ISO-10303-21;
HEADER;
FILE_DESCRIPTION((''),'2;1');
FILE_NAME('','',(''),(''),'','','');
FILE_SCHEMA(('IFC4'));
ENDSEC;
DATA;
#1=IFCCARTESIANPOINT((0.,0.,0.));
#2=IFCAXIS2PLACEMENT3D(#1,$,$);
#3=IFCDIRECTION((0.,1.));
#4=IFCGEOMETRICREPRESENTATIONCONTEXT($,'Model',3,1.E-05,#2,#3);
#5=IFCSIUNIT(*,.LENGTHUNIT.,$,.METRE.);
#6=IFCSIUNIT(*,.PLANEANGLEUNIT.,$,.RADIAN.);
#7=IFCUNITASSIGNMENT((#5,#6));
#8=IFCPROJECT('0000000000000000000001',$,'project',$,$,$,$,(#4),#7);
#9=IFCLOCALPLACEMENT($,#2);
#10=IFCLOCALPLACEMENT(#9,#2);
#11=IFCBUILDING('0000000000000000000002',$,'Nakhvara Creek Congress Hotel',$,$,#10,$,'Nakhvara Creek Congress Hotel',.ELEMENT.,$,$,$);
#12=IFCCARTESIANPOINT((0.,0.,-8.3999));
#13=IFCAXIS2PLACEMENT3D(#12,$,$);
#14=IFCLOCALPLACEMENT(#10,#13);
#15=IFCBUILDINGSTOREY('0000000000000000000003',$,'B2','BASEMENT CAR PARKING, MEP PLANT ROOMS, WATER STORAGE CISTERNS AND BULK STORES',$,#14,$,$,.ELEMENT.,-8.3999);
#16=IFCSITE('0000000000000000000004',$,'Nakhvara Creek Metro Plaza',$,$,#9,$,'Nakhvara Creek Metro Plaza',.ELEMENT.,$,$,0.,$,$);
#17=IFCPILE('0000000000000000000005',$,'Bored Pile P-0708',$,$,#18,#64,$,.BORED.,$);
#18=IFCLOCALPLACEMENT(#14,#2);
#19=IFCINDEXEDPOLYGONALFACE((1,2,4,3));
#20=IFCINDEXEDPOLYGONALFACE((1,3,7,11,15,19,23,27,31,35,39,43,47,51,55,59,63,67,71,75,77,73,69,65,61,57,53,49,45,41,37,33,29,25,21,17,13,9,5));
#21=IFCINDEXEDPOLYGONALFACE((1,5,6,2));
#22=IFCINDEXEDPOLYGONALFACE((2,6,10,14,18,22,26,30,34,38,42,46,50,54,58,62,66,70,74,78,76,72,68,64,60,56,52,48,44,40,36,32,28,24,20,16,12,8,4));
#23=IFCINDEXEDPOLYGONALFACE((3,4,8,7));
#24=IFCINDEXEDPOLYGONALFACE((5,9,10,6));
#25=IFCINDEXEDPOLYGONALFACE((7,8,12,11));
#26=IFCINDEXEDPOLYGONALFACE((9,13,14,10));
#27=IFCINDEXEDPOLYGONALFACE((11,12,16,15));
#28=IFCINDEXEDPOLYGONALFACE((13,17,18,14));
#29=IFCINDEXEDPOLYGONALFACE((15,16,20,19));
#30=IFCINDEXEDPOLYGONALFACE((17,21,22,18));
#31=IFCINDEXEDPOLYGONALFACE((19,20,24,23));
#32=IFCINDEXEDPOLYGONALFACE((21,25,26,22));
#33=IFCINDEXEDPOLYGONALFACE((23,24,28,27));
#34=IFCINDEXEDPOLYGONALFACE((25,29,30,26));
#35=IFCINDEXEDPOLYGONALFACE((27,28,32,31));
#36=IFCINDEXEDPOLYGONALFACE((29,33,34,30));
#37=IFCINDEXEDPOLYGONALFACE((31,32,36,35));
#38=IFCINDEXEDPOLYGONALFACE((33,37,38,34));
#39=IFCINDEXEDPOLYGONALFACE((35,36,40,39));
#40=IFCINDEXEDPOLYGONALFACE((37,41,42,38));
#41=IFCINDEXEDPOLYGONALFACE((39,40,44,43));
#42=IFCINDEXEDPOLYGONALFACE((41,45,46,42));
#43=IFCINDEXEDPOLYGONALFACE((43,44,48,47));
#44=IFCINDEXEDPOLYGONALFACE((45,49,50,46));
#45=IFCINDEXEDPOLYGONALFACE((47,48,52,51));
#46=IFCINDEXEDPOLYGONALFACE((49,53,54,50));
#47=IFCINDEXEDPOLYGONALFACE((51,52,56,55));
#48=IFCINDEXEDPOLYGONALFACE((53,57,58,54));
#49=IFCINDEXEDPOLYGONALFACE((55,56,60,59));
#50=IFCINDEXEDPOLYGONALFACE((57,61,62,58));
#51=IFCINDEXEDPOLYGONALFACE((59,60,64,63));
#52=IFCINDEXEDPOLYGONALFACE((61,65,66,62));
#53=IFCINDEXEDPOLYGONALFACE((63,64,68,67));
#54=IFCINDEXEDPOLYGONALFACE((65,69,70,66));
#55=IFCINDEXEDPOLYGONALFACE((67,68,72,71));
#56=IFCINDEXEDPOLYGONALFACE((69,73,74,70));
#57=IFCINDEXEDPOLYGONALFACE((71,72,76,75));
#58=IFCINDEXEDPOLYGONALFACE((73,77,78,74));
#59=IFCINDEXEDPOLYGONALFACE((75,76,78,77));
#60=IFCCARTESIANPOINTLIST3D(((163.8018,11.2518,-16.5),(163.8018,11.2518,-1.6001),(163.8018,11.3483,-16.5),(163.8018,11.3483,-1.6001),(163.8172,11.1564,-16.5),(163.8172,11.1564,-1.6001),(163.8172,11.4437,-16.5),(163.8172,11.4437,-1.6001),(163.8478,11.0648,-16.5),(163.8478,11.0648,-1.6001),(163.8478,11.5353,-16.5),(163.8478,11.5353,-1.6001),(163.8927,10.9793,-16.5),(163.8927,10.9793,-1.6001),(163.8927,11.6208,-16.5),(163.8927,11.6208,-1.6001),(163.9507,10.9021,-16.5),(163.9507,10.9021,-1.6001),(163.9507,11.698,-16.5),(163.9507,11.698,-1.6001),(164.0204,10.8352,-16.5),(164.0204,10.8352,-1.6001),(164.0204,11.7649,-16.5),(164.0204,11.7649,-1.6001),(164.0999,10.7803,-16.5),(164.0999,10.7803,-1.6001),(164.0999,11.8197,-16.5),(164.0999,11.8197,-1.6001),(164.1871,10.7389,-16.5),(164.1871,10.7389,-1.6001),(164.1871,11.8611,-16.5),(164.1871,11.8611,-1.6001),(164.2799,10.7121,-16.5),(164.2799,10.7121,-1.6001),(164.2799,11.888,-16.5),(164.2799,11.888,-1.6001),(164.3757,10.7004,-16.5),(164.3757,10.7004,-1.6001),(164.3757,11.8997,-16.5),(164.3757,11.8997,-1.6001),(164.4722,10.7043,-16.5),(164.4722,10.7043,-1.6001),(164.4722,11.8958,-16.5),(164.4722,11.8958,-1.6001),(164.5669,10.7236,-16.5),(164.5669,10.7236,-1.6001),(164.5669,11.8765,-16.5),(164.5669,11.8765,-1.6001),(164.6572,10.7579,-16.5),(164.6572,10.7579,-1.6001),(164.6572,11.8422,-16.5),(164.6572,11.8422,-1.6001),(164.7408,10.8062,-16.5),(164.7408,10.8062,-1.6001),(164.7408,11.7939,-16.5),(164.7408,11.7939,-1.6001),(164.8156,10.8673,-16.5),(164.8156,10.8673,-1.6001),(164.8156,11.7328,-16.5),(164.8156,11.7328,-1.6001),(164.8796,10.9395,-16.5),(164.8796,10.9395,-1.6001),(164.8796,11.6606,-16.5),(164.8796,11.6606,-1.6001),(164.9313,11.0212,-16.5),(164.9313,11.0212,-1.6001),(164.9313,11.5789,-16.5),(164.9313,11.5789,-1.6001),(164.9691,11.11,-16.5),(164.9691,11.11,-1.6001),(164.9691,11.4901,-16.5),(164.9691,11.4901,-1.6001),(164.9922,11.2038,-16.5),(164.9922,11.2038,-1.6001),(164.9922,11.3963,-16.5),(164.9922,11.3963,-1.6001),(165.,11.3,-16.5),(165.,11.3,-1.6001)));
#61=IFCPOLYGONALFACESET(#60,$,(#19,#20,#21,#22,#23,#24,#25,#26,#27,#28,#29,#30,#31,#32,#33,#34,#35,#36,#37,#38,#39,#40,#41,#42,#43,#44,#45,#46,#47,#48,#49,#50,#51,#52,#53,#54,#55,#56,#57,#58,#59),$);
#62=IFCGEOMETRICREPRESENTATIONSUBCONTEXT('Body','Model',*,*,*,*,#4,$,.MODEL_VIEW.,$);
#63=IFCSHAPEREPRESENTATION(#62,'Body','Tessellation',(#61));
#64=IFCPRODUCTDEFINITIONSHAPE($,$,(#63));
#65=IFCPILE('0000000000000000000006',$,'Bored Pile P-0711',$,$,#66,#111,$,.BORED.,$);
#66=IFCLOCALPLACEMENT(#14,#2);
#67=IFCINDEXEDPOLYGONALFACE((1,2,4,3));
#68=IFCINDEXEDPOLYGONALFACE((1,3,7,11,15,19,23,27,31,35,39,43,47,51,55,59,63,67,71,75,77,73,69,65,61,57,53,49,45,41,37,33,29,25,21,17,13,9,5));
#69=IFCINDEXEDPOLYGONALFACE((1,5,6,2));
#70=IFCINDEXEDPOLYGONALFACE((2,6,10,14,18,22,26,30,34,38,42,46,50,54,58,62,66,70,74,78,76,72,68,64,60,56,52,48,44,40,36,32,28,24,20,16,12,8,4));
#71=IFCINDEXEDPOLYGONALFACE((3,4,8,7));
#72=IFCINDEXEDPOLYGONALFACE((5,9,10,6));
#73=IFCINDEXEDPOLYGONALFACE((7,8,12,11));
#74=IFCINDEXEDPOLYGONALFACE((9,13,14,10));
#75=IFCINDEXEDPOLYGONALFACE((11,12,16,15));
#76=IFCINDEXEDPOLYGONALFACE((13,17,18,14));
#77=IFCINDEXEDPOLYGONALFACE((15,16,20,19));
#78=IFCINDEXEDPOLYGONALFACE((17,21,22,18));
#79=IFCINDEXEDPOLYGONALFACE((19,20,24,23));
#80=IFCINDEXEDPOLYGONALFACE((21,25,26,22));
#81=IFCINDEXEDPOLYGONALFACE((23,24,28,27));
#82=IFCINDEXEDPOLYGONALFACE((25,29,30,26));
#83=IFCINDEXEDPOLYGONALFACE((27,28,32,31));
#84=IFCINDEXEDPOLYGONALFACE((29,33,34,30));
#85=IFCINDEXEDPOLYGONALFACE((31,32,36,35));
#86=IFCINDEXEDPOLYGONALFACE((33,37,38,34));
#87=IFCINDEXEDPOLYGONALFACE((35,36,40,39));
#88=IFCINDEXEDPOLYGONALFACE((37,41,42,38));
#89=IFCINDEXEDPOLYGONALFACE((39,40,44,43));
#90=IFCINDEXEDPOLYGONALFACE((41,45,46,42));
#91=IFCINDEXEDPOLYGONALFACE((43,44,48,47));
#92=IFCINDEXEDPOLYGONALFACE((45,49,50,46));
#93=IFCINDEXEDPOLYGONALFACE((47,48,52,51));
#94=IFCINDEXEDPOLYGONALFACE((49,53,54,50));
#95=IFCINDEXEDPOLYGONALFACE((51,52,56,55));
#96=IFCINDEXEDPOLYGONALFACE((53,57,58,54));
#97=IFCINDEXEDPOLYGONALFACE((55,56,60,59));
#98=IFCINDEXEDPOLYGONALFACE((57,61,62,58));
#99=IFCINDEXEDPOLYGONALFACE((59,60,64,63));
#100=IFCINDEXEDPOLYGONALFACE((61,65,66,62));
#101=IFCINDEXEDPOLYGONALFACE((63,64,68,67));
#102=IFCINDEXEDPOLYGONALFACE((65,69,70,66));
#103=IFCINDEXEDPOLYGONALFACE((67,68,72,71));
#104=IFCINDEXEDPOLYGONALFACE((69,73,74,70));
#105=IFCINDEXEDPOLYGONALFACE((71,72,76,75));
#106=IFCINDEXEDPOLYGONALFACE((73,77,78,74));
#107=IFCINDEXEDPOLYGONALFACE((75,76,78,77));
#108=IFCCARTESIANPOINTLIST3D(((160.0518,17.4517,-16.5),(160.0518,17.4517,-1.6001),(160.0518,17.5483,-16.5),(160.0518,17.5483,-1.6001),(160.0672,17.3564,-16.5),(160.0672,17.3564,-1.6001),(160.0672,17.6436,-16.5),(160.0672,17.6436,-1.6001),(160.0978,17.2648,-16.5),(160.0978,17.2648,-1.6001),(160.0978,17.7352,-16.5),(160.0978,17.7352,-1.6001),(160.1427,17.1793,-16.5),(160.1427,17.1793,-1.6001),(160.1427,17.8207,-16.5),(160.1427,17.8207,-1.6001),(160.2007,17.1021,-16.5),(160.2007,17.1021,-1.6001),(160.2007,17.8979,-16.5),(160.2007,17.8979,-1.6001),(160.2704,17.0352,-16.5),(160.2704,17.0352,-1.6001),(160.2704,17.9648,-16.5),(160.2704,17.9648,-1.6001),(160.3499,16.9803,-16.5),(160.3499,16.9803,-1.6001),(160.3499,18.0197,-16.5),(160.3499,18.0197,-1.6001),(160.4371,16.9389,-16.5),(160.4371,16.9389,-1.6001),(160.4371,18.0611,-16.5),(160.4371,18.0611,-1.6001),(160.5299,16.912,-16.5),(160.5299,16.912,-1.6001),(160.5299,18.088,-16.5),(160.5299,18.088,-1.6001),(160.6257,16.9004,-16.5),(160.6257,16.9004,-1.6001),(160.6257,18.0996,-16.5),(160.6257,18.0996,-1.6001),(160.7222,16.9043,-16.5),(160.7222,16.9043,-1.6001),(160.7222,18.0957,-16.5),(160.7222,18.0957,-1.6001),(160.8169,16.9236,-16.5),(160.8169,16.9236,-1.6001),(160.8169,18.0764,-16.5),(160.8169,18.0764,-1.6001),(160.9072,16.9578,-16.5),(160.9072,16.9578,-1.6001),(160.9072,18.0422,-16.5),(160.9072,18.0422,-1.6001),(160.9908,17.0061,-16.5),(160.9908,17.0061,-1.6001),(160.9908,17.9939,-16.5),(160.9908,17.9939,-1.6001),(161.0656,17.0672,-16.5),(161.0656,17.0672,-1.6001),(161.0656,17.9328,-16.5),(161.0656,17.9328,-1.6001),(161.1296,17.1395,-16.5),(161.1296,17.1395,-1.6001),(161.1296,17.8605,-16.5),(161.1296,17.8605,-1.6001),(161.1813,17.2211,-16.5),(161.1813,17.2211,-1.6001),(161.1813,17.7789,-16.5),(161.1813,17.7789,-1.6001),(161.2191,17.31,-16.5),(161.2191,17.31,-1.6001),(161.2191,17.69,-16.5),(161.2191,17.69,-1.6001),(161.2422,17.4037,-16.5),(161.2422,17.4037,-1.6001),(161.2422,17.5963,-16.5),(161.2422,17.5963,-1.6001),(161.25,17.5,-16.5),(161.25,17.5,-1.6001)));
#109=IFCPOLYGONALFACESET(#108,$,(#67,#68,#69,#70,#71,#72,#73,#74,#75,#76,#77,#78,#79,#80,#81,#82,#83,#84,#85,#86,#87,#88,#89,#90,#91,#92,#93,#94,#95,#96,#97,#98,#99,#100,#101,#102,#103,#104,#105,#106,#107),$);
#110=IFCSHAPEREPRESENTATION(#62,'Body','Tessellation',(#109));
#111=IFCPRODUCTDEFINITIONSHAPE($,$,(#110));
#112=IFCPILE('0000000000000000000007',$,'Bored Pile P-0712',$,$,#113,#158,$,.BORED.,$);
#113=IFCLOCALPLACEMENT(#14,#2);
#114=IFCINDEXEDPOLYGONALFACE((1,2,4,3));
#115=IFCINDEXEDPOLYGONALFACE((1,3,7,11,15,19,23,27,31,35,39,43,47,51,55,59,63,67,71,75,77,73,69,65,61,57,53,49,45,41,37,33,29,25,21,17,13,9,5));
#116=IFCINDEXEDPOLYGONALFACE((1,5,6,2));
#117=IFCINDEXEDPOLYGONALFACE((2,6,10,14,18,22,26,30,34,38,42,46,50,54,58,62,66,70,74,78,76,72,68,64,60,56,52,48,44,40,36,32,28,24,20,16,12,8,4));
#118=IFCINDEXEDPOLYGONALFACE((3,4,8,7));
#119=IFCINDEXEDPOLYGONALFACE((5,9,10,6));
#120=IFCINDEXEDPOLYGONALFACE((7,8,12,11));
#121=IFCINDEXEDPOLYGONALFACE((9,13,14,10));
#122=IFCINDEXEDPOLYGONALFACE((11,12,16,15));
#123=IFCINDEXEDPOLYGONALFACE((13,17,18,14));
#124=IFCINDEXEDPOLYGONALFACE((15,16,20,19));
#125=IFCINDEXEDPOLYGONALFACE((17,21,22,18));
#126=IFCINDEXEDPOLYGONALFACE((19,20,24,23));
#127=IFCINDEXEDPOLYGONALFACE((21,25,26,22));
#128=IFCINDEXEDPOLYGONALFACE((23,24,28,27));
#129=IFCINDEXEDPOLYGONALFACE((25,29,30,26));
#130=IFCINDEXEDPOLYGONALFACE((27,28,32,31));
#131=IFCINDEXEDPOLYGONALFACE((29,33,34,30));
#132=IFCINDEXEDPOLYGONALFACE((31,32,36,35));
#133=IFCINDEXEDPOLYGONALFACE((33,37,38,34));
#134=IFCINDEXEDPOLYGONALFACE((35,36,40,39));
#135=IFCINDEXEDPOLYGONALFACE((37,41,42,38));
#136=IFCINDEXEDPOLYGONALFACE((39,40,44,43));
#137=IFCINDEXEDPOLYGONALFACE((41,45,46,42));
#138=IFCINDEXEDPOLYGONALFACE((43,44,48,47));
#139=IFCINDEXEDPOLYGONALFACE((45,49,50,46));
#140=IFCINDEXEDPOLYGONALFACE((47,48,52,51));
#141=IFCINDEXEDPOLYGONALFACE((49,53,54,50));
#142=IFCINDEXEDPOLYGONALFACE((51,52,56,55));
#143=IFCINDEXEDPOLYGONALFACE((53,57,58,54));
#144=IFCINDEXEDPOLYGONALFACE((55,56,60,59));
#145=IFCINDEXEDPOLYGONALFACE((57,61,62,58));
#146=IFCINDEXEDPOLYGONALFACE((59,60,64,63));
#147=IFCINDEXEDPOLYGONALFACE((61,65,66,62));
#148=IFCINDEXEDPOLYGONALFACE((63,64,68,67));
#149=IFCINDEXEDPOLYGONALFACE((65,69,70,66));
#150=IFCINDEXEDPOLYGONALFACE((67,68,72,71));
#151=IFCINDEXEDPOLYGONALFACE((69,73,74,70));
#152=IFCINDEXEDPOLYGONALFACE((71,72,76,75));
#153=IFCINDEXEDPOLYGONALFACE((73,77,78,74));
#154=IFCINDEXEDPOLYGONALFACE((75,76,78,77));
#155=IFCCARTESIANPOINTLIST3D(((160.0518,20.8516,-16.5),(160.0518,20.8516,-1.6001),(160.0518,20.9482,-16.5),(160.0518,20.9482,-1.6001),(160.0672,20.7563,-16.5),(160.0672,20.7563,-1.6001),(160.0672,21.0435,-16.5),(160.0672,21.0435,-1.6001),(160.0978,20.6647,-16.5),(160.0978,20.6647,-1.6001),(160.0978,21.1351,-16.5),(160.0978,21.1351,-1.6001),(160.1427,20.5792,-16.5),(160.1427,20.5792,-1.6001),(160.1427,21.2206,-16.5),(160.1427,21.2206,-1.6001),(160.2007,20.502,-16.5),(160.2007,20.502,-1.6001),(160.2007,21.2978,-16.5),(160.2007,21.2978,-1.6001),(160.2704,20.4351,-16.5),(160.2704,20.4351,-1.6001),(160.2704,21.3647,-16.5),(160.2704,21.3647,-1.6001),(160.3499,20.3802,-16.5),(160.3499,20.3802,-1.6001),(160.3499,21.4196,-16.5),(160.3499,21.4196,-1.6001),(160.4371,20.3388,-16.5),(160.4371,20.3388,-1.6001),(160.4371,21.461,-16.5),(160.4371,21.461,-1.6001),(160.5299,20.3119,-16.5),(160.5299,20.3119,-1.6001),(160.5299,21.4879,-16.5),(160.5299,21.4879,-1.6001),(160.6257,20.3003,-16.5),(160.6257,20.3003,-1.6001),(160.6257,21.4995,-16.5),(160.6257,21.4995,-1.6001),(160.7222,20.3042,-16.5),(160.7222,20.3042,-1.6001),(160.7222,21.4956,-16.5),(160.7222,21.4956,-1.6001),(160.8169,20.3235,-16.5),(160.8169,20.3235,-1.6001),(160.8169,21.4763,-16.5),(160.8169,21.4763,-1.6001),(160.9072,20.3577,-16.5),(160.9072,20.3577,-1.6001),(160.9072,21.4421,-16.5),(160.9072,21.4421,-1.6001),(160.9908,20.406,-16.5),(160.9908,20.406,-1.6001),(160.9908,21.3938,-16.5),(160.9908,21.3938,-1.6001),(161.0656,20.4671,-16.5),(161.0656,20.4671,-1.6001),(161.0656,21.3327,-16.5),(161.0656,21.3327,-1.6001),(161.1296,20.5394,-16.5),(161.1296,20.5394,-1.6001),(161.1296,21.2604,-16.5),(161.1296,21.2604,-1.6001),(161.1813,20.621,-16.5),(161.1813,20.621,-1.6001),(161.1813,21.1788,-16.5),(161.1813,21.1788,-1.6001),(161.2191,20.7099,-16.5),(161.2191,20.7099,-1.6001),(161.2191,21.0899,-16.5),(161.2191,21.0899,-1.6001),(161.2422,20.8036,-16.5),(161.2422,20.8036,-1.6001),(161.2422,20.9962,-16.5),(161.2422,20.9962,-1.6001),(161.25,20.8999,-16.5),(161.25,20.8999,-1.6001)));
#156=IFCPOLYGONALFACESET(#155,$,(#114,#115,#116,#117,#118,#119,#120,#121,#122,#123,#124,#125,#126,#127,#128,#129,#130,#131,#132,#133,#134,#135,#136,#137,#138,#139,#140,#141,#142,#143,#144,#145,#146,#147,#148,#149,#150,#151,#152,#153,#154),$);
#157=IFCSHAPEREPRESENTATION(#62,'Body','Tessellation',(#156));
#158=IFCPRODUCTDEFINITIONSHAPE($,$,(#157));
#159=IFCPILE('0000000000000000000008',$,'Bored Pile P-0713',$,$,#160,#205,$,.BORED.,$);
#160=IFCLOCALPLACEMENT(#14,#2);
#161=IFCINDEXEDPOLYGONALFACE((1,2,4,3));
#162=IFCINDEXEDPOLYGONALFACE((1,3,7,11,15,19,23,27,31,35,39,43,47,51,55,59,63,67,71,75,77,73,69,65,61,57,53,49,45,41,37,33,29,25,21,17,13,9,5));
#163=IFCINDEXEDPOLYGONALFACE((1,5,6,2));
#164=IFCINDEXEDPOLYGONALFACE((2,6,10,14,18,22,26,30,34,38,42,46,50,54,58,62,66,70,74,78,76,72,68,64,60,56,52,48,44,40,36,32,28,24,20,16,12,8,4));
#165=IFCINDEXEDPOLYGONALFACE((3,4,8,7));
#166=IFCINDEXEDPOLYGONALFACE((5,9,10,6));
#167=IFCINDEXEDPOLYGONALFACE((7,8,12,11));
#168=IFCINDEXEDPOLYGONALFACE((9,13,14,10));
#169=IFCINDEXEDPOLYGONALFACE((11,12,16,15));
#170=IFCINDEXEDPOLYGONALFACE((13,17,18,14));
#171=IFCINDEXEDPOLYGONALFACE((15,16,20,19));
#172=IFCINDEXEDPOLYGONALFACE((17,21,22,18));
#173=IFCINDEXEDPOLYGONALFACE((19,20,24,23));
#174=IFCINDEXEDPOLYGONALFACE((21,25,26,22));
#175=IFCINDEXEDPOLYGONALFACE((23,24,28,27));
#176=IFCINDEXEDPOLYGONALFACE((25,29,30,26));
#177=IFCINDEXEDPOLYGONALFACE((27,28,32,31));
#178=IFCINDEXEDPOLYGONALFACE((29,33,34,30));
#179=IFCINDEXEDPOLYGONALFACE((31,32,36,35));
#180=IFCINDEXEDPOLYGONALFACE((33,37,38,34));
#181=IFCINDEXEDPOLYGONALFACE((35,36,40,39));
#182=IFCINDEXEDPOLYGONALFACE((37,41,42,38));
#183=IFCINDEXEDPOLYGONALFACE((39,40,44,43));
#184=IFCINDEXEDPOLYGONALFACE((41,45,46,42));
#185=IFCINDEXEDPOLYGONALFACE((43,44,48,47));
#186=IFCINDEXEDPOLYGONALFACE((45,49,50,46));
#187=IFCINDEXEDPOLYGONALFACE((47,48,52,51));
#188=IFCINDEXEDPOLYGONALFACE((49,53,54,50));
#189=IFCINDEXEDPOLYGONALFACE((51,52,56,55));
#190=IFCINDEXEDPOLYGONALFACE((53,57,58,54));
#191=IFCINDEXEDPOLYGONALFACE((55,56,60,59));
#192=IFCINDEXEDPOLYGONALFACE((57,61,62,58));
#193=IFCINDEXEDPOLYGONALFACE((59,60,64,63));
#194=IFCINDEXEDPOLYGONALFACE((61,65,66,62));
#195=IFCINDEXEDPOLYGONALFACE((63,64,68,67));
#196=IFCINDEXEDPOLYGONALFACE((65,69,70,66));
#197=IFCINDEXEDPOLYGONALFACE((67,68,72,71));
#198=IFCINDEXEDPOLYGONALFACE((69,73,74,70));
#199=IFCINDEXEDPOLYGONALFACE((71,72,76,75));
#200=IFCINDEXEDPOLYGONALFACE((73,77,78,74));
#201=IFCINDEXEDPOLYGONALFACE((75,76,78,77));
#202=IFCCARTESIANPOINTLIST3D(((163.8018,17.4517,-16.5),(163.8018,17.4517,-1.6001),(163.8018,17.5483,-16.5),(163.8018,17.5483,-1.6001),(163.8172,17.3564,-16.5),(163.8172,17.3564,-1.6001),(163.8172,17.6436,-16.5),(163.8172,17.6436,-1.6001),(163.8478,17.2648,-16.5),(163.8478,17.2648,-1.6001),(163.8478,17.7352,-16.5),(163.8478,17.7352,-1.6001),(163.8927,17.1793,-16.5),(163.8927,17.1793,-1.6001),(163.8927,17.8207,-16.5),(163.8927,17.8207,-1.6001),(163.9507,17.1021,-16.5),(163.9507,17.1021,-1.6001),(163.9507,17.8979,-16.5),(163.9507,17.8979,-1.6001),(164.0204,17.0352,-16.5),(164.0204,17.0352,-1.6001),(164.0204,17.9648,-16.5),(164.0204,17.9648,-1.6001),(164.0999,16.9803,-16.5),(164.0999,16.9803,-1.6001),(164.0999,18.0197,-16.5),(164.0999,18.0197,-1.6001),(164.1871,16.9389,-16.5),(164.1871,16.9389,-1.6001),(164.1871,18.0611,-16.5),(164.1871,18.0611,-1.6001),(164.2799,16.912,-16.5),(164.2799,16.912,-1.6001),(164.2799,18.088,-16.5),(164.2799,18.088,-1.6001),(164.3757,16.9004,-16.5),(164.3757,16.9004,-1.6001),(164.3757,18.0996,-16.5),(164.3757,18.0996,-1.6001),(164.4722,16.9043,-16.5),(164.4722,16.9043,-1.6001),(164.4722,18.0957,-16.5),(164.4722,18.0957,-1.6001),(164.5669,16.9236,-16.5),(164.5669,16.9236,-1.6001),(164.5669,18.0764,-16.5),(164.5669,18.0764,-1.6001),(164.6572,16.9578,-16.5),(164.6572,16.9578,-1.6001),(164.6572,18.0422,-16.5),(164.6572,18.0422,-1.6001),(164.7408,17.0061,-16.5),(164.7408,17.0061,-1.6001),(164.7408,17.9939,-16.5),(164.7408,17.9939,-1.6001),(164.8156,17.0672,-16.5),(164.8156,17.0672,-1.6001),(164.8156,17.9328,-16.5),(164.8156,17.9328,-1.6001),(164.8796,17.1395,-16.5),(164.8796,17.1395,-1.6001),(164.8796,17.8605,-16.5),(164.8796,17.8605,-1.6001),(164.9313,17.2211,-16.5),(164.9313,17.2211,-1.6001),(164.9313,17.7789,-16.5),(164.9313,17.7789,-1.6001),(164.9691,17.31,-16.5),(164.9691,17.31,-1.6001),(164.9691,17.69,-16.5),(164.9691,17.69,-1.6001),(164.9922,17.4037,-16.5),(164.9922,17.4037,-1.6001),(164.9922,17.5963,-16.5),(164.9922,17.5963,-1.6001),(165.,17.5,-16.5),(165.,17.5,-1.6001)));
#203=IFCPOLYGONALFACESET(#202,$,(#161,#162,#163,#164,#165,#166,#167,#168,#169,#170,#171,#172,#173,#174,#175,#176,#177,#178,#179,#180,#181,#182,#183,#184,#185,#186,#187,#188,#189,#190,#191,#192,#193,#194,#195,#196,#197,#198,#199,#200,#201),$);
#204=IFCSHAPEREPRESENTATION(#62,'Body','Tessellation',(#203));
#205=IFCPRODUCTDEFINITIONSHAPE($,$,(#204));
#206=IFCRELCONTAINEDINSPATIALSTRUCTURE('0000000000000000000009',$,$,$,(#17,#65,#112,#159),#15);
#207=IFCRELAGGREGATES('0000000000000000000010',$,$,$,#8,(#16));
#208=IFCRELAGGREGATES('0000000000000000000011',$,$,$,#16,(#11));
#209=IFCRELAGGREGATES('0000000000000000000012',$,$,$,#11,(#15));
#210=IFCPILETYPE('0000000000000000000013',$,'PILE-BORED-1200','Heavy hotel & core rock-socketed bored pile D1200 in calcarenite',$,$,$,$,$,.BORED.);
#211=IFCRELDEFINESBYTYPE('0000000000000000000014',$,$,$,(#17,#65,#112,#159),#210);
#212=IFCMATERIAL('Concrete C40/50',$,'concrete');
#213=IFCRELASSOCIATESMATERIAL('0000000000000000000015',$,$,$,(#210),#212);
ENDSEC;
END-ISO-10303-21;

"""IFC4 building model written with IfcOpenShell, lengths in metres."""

from ifc_helpers import new_model, si_unit, direction, frame, origin, origin_2d, place, context, subcontext, project, spatial, circle, extrude, material, material_profile, profile_set, type_object, element, save


model = new_model("IFC4")

# Units and contexts
model_context = context("Model", 3, precision=1e-05, world=origin(), true_north=direction((0.0, 1.0)))
body_context = subcontext(model_context, "Body", "Model", "MODEL_VIEW")
ifc_project = project(units=[si_unit("LENGTHUNIT", "METRE"), si_unit("PLANEANGLEUNIT", "RADIAN")], contexts=[model_context])

# Site, building, storey
site_placement = place(None, origin())
site = spatial("IfcSite", under=ifc_project, at=site_placement, Name="Nakhvara Creek Metro Plaza", LongName="Nakhvara Creek Metro Plaza", CompositionType="ELEMENT", RefElevation=0.0)
building_placement = place(site_placement, origin())
building = spatial("IfcBuilding", under=site, at=building_placement, Name="Nakhvara Creek Congress Hotel", LongName="Nakhvara Creek Congress Hotel", CompositionType="ELEMENT")
storey_placement = place(building_placement, frame((0.0, 0.0, -8.3999)))
storey = spatial("IfcBuildingStorey", under=building, at=storey_placement, Name="B2", Description="BASEMENT CAR PARKING, MEP PLANT ROOMS, WATER STORAGE CISTERNS AND BULK STORES", CompositionType="ELEMENT", Elevation=-8.3999)

# Shared definitions
ifc_material_1 = material(Name="Concrete C40/50", Category="concrete")

# Piles
ifc_material_profile_1 = material_profile(ifc_material_1, circle(Radius=0.6001, at=origin_2d()), Name="BORED PILE D1200", Category="LoadBearing")
ifc_profile_set_1 = profile_set([ifc_material_profile_1], Name="Concrete C40/50")
pile_type_1 = type_object("IfcPileType", Name="PILE-BORED-1200", Description="Heavy hotel & core rock-socketed bored pile D1200 in calcarenite", PredefinedType="BORED", material=ifc_profile_set_1)
for number, where, z_axis, x_axis, name in (
    (1, (164.3999, 11.3, -1.6001), (0.0, 0.0, -1.0), (1.0, 0.0, 0.0), "Bored Pile P-0708"),
    (2, (160.6499, 17.5, -1.6001), (0.0, 0.0, -1.0), (1.0, 0.0, 0.0), "Bored Pile P-0711"),
    (3, (160.6499, 20.8999, -1.6001), (0.0, 0.0, -1.0), (1.0, 0.0, 0.0), "Bored Pile P-0712"),
    (4, (164.3999, 17.5, -1.6001), (0.0, 0.0, -1.0), (1.0, 0.0, 0.0), "Bored Pile P-0713"),
):
    element("IfcPile", number, at=place(storey_placement, frame(where, z_axis=z_axis, x_axis=x_axis)), inside=storey, type_object=pile_type_1, Name=name, PredefinedType="BORED", context=body_context, shape_type="SweptSolid", body=[
        extrude(circle(Radius=0.6001, at=origin_2d()), origin(), (0.0, 0.0, 1.0), 14.8999),
    ])

save(model, "model.ifc")
